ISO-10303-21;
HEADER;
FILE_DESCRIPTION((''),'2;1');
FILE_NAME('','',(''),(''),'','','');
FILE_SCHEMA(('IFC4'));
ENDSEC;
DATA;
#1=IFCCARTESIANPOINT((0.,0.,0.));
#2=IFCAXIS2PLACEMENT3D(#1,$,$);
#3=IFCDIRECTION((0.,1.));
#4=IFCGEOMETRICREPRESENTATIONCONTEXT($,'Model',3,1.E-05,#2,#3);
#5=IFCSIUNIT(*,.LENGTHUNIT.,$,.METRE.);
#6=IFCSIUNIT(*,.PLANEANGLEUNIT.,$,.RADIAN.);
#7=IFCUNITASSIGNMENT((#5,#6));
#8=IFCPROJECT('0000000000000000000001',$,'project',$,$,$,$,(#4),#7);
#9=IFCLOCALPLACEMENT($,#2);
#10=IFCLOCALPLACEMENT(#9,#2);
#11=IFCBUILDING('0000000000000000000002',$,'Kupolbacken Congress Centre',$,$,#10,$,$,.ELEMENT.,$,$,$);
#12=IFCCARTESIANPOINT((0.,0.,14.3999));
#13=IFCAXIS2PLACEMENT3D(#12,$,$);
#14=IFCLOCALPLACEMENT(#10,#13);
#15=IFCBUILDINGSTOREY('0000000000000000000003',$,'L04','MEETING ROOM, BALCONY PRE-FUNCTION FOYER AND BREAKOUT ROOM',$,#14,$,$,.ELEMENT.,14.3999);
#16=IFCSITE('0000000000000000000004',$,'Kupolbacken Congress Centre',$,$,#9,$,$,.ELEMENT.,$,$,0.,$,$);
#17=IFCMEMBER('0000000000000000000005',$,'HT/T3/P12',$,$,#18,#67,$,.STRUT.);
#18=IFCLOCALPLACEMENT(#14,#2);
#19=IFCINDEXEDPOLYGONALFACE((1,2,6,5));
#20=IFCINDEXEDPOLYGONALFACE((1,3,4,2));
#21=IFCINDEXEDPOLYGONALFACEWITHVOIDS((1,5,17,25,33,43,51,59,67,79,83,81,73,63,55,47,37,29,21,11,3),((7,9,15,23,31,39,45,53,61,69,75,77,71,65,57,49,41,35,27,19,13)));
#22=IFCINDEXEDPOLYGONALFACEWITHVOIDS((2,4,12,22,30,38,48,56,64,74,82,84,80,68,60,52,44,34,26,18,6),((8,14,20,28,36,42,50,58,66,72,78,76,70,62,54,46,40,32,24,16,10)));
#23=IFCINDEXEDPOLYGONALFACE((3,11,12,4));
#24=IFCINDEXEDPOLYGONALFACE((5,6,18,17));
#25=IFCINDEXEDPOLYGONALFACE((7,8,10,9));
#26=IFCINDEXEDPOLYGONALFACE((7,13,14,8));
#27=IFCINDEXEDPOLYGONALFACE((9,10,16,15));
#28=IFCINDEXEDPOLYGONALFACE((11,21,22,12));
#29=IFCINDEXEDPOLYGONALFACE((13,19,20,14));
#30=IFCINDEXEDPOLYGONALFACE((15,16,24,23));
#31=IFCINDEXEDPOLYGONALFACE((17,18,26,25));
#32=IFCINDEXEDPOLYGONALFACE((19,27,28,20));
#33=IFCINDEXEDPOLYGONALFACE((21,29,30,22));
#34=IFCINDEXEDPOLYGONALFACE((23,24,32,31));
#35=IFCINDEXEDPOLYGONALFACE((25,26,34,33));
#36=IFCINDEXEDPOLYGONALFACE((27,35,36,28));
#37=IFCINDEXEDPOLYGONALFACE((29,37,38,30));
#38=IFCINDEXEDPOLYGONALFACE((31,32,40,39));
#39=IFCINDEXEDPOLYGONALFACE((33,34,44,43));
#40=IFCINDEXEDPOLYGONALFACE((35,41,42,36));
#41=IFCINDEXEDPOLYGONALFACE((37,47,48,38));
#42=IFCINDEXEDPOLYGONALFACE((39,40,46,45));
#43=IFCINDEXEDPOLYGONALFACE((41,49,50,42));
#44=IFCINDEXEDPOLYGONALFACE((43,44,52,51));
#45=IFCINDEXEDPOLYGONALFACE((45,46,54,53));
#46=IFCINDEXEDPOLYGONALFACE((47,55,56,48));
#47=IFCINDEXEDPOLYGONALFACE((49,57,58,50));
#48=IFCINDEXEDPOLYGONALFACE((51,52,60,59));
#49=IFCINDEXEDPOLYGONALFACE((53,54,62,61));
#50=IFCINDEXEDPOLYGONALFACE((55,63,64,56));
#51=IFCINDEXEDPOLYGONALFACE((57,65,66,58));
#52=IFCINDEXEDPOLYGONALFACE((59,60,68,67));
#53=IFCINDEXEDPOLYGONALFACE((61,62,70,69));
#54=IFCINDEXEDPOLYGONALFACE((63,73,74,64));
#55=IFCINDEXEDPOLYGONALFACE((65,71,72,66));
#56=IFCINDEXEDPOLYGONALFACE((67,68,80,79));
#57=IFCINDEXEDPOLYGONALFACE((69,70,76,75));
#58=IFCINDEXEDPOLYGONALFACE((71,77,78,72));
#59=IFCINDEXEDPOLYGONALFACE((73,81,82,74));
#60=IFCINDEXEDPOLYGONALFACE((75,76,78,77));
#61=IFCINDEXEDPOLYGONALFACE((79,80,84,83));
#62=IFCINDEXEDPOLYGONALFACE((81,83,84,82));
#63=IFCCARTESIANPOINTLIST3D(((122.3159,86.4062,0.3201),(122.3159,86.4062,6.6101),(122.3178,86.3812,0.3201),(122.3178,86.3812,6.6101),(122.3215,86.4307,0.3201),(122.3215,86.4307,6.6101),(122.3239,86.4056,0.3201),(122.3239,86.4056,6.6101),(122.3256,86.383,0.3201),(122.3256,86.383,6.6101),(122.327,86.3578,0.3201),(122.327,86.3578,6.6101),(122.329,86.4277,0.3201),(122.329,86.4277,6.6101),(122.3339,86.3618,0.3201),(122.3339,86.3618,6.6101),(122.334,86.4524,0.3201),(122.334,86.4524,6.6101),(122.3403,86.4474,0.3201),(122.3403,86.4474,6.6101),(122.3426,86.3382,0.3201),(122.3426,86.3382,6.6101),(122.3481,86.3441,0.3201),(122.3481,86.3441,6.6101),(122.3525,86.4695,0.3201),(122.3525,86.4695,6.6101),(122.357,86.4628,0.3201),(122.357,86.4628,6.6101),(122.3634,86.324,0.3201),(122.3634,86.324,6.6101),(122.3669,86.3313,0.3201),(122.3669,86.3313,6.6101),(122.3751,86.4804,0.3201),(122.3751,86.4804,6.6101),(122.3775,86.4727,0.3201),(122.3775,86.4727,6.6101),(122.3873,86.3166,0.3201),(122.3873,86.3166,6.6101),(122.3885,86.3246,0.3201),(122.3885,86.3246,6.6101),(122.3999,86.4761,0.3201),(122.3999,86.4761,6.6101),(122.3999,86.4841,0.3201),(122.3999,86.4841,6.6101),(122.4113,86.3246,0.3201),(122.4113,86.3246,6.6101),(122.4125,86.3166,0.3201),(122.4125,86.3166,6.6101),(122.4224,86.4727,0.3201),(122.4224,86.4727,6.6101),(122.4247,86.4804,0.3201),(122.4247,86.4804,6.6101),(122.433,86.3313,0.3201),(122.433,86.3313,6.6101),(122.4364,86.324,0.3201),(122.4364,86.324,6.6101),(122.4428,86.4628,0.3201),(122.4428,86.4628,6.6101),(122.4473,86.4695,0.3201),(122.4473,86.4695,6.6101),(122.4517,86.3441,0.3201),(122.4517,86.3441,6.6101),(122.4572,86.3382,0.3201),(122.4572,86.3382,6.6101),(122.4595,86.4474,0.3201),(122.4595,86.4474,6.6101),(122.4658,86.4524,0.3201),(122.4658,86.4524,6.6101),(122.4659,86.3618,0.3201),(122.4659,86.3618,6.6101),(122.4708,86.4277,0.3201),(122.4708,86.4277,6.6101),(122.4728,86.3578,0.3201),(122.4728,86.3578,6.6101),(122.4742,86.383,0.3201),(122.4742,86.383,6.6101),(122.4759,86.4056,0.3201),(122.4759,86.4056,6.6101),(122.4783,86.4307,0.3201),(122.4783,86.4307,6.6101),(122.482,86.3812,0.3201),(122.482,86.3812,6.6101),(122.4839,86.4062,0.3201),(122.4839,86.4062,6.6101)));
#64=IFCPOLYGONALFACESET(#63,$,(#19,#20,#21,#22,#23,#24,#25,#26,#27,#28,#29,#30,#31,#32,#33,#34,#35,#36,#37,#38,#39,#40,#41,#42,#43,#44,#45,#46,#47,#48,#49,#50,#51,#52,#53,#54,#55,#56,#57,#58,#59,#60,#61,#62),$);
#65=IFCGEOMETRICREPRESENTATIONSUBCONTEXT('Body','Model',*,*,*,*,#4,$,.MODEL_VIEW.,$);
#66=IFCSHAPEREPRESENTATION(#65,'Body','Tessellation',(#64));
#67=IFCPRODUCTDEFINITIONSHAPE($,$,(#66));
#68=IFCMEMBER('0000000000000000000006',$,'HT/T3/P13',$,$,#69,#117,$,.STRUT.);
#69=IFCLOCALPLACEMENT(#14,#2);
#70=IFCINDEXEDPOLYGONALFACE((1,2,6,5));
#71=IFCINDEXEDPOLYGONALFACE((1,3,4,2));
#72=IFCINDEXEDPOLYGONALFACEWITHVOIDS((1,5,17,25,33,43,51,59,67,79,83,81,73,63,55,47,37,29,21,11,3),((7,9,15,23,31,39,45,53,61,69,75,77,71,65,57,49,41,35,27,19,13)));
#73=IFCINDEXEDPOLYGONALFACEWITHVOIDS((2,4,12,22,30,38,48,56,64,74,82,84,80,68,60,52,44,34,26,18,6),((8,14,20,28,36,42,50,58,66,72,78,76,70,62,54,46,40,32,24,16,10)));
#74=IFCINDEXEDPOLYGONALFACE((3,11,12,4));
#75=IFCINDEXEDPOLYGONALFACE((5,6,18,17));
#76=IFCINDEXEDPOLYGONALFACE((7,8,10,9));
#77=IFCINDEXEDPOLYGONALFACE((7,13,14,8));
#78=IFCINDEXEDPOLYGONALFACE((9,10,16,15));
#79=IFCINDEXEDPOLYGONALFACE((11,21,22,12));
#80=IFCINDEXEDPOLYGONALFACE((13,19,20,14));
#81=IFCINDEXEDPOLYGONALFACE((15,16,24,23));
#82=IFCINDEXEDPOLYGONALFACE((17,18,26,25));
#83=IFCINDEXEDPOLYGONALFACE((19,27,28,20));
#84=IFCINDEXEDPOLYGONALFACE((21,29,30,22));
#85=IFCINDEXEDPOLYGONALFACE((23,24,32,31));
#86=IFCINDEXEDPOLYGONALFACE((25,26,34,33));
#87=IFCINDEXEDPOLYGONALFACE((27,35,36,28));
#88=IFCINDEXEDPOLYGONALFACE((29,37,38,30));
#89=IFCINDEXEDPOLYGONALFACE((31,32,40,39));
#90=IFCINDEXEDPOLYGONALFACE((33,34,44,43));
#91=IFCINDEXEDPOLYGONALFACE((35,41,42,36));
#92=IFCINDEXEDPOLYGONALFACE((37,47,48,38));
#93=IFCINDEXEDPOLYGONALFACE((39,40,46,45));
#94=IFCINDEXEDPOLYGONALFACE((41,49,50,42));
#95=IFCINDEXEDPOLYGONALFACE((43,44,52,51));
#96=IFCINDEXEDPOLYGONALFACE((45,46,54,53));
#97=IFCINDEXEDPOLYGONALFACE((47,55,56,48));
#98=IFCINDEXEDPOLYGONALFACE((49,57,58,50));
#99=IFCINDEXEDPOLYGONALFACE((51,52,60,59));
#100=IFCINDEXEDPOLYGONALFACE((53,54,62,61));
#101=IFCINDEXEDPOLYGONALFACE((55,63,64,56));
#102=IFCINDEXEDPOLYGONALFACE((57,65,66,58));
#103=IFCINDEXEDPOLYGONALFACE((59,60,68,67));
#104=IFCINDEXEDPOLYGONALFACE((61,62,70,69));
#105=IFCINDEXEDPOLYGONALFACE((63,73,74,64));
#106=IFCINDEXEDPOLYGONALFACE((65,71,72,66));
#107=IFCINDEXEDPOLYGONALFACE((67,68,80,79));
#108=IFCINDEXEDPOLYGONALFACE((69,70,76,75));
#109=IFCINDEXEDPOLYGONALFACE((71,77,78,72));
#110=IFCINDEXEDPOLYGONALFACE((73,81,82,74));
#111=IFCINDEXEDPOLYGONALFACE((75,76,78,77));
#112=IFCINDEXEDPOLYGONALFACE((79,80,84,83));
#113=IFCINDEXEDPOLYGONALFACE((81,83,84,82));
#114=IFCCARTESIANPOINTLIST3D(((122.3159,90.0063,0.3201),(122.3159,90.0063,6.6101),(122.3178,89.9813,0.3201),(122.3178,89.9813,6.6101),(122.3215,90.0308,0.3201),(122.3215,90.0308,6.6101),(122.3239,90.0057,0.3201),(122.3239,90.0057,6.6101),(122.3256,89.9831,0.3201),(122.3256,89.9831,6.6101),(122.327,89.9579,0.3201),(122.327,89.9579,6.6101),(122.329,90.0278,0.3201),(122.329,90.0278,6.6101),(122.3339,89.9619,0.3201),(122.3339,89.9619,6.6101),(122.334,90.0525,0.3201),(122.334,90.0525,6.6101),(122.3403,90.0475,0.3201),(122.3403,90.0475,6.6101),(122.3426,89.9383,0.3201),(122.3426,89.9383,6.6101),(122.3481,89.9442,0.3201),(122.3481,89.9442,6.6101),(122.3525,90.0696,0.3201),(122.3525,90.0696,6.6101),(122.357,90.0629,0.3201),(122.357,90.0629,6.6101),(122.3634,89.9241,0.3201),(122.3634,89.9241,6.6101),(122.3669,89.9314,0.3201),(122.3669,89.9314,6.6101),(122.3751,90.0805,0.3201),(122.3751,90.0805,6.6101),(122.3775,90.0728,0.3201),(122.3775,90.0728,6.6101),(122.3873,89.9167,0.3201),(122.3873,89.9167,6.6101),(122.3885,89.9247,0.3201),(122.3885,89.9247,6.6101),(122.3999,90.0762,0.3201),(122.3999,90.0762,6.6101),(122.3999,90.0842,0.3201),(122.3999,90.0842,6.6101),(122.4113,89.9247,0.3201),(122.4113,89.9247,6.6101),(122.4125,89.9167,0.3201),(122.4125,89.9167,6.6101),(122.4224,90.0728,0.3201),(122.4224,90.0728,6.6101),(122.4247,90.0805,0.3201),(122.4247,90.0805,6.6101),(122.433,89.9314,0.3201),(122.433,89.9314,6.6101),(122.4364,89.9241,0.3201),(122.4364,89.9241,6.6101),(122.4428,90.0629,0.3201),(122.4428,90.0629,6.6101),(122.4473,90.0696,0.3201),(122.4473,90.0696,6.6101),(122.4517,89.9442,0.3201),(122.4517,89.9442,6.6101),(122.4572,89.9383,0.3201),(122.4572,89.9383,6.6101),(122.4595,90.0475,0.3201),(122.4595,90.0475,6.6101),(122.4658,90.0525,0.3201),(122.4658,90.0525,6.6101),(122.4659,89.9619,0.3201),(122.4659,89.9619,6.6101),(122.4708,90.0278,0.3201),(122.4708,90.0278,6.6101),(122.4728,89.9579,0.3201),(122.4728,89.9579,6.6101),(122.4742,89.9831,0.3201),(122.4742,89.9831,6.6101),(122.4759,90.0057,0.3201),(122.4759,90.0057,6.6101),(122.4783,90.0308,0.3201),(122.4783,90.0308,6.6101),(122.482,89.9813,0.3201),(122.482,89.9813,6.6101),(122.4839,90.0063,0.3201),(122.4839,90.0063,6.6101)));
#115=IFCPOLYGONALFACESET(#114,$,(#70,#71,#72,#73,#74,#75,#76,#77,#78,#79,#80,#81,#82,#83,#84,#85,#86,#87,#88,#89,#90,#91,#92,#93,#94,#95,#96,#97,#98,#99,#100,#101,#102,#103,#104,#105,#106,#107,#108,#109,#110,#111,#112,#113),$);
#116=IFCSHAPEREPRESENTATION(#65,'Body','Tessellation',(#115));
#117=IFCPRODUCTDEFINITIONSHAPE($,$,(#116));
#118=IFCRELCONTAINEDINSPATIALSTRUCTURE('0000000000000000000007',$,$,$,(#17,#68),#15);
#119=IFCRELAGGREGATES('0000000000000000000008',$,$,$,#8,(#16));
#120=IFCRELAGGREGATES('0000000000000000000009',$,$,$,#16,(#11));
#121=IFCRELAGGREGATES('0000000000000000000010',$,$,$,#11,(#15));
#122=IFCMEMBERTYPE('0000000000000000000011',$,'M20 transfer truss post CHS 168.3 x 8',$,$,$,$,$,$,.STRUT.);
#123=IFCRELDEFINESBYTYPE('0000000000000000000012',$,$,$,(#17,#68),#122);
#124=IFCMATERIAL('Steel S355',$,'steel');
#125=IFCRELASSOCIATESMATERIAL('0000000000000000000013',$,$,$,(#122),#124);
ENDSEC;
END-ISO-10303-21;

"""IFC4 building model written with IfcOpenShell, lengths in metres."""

from ifc_helpers import new_model, si_unit, direction, frame, origin, origin_2d, place, context, subcontext, project, spatial, hollow_circle, extrude, material, material_profile, profile_set, type_object, element, save


model = new_model("IFC4")

# Units and contexts
model_context = context("Model", 3, precision=1e-05, world=origin(), true_north=direction((0.0, 1.0)))
body_context = subcontext(model_context, "Body", "Model", "MODEL_VIEW")
ifc_project = project(units=[si_unit("LENGTHUNIT", "METRE"), si_unit("PLANEANGLEUNIT", "RADIAN")], contexts=[model_context])

# Site, building, storey
site_placement = place(None, origin())
site = spatial("IfcSite", under=ifc_project, at=site_placement, Name="Kupolbacken Congress Centre", CompositionType="ELEMENT", RefElevation=0.0)
building_placement = place(site_placement, origin())
building = spatial("IfcBuilding", under=site, at=building_placement, Name="Kupolbacken Congress Centre", CompositionType="ELEMENT")
storey_placement = place(building_placement, frame((0.0, 0.0, 14.3999)))
storey = spatial("IfcBuildingStorey", under=building, at=storey_placement, Name="L04", Description="MEETING ROOM, BALCONY PRE-FUNCTION FOYER AND BREAKOUT ROOM", CompositionType="ELEMENT", Elevation=14.3999)

# Members
ifc_material_1 = material(Name="Steel S355", Category="steel")
ifc_material_profile_1 = material_profile(ifc_material_1, hollow_circle(Radius=0.0842, WallThickness=0.0081, at=origin_2d()), Name="CHS 168.3 x 8")
ifc_profile_set_1 = profile_set([ifc_material_profile_1], Name="Steel S355")
member_type_1 = type_object("IfcMemberType", Name="M20 transfer truss post CHS 168.3 x 8", PredefinedType="STRUT", material=ifc_profile_set_1)
for number, where, z_axis, x_axis, name in (
    (1, (122.3999, 86.3999, 0.3201), (0.0, 0.0, 1.0), (0.0, 1.0, 0.0), "HT/T3/P12"),
    (2, (122.3999, 90.0, 0.3201), (0.0, 0.0, 1.0), (0.0, 1.0, 0.0), "HT/T3/P13"),
):
    element("IfcMember", number, at=place(storey_placement, frame(where, z_axis=z_axis, x_axis=x_axis)), inside=storey, type_object=member_type_1, Name=name, PredefinedType="STRUT", context=body_context, shape_type="SweptSolid", body=[
        extrude(hollow_circle(Radius=0.0842, WallThickness=0.0081, at=origin_2d()), origin(), (0.0, 0.0, 1.0), 6.29),
    ])

save(model, "model.ifc")
